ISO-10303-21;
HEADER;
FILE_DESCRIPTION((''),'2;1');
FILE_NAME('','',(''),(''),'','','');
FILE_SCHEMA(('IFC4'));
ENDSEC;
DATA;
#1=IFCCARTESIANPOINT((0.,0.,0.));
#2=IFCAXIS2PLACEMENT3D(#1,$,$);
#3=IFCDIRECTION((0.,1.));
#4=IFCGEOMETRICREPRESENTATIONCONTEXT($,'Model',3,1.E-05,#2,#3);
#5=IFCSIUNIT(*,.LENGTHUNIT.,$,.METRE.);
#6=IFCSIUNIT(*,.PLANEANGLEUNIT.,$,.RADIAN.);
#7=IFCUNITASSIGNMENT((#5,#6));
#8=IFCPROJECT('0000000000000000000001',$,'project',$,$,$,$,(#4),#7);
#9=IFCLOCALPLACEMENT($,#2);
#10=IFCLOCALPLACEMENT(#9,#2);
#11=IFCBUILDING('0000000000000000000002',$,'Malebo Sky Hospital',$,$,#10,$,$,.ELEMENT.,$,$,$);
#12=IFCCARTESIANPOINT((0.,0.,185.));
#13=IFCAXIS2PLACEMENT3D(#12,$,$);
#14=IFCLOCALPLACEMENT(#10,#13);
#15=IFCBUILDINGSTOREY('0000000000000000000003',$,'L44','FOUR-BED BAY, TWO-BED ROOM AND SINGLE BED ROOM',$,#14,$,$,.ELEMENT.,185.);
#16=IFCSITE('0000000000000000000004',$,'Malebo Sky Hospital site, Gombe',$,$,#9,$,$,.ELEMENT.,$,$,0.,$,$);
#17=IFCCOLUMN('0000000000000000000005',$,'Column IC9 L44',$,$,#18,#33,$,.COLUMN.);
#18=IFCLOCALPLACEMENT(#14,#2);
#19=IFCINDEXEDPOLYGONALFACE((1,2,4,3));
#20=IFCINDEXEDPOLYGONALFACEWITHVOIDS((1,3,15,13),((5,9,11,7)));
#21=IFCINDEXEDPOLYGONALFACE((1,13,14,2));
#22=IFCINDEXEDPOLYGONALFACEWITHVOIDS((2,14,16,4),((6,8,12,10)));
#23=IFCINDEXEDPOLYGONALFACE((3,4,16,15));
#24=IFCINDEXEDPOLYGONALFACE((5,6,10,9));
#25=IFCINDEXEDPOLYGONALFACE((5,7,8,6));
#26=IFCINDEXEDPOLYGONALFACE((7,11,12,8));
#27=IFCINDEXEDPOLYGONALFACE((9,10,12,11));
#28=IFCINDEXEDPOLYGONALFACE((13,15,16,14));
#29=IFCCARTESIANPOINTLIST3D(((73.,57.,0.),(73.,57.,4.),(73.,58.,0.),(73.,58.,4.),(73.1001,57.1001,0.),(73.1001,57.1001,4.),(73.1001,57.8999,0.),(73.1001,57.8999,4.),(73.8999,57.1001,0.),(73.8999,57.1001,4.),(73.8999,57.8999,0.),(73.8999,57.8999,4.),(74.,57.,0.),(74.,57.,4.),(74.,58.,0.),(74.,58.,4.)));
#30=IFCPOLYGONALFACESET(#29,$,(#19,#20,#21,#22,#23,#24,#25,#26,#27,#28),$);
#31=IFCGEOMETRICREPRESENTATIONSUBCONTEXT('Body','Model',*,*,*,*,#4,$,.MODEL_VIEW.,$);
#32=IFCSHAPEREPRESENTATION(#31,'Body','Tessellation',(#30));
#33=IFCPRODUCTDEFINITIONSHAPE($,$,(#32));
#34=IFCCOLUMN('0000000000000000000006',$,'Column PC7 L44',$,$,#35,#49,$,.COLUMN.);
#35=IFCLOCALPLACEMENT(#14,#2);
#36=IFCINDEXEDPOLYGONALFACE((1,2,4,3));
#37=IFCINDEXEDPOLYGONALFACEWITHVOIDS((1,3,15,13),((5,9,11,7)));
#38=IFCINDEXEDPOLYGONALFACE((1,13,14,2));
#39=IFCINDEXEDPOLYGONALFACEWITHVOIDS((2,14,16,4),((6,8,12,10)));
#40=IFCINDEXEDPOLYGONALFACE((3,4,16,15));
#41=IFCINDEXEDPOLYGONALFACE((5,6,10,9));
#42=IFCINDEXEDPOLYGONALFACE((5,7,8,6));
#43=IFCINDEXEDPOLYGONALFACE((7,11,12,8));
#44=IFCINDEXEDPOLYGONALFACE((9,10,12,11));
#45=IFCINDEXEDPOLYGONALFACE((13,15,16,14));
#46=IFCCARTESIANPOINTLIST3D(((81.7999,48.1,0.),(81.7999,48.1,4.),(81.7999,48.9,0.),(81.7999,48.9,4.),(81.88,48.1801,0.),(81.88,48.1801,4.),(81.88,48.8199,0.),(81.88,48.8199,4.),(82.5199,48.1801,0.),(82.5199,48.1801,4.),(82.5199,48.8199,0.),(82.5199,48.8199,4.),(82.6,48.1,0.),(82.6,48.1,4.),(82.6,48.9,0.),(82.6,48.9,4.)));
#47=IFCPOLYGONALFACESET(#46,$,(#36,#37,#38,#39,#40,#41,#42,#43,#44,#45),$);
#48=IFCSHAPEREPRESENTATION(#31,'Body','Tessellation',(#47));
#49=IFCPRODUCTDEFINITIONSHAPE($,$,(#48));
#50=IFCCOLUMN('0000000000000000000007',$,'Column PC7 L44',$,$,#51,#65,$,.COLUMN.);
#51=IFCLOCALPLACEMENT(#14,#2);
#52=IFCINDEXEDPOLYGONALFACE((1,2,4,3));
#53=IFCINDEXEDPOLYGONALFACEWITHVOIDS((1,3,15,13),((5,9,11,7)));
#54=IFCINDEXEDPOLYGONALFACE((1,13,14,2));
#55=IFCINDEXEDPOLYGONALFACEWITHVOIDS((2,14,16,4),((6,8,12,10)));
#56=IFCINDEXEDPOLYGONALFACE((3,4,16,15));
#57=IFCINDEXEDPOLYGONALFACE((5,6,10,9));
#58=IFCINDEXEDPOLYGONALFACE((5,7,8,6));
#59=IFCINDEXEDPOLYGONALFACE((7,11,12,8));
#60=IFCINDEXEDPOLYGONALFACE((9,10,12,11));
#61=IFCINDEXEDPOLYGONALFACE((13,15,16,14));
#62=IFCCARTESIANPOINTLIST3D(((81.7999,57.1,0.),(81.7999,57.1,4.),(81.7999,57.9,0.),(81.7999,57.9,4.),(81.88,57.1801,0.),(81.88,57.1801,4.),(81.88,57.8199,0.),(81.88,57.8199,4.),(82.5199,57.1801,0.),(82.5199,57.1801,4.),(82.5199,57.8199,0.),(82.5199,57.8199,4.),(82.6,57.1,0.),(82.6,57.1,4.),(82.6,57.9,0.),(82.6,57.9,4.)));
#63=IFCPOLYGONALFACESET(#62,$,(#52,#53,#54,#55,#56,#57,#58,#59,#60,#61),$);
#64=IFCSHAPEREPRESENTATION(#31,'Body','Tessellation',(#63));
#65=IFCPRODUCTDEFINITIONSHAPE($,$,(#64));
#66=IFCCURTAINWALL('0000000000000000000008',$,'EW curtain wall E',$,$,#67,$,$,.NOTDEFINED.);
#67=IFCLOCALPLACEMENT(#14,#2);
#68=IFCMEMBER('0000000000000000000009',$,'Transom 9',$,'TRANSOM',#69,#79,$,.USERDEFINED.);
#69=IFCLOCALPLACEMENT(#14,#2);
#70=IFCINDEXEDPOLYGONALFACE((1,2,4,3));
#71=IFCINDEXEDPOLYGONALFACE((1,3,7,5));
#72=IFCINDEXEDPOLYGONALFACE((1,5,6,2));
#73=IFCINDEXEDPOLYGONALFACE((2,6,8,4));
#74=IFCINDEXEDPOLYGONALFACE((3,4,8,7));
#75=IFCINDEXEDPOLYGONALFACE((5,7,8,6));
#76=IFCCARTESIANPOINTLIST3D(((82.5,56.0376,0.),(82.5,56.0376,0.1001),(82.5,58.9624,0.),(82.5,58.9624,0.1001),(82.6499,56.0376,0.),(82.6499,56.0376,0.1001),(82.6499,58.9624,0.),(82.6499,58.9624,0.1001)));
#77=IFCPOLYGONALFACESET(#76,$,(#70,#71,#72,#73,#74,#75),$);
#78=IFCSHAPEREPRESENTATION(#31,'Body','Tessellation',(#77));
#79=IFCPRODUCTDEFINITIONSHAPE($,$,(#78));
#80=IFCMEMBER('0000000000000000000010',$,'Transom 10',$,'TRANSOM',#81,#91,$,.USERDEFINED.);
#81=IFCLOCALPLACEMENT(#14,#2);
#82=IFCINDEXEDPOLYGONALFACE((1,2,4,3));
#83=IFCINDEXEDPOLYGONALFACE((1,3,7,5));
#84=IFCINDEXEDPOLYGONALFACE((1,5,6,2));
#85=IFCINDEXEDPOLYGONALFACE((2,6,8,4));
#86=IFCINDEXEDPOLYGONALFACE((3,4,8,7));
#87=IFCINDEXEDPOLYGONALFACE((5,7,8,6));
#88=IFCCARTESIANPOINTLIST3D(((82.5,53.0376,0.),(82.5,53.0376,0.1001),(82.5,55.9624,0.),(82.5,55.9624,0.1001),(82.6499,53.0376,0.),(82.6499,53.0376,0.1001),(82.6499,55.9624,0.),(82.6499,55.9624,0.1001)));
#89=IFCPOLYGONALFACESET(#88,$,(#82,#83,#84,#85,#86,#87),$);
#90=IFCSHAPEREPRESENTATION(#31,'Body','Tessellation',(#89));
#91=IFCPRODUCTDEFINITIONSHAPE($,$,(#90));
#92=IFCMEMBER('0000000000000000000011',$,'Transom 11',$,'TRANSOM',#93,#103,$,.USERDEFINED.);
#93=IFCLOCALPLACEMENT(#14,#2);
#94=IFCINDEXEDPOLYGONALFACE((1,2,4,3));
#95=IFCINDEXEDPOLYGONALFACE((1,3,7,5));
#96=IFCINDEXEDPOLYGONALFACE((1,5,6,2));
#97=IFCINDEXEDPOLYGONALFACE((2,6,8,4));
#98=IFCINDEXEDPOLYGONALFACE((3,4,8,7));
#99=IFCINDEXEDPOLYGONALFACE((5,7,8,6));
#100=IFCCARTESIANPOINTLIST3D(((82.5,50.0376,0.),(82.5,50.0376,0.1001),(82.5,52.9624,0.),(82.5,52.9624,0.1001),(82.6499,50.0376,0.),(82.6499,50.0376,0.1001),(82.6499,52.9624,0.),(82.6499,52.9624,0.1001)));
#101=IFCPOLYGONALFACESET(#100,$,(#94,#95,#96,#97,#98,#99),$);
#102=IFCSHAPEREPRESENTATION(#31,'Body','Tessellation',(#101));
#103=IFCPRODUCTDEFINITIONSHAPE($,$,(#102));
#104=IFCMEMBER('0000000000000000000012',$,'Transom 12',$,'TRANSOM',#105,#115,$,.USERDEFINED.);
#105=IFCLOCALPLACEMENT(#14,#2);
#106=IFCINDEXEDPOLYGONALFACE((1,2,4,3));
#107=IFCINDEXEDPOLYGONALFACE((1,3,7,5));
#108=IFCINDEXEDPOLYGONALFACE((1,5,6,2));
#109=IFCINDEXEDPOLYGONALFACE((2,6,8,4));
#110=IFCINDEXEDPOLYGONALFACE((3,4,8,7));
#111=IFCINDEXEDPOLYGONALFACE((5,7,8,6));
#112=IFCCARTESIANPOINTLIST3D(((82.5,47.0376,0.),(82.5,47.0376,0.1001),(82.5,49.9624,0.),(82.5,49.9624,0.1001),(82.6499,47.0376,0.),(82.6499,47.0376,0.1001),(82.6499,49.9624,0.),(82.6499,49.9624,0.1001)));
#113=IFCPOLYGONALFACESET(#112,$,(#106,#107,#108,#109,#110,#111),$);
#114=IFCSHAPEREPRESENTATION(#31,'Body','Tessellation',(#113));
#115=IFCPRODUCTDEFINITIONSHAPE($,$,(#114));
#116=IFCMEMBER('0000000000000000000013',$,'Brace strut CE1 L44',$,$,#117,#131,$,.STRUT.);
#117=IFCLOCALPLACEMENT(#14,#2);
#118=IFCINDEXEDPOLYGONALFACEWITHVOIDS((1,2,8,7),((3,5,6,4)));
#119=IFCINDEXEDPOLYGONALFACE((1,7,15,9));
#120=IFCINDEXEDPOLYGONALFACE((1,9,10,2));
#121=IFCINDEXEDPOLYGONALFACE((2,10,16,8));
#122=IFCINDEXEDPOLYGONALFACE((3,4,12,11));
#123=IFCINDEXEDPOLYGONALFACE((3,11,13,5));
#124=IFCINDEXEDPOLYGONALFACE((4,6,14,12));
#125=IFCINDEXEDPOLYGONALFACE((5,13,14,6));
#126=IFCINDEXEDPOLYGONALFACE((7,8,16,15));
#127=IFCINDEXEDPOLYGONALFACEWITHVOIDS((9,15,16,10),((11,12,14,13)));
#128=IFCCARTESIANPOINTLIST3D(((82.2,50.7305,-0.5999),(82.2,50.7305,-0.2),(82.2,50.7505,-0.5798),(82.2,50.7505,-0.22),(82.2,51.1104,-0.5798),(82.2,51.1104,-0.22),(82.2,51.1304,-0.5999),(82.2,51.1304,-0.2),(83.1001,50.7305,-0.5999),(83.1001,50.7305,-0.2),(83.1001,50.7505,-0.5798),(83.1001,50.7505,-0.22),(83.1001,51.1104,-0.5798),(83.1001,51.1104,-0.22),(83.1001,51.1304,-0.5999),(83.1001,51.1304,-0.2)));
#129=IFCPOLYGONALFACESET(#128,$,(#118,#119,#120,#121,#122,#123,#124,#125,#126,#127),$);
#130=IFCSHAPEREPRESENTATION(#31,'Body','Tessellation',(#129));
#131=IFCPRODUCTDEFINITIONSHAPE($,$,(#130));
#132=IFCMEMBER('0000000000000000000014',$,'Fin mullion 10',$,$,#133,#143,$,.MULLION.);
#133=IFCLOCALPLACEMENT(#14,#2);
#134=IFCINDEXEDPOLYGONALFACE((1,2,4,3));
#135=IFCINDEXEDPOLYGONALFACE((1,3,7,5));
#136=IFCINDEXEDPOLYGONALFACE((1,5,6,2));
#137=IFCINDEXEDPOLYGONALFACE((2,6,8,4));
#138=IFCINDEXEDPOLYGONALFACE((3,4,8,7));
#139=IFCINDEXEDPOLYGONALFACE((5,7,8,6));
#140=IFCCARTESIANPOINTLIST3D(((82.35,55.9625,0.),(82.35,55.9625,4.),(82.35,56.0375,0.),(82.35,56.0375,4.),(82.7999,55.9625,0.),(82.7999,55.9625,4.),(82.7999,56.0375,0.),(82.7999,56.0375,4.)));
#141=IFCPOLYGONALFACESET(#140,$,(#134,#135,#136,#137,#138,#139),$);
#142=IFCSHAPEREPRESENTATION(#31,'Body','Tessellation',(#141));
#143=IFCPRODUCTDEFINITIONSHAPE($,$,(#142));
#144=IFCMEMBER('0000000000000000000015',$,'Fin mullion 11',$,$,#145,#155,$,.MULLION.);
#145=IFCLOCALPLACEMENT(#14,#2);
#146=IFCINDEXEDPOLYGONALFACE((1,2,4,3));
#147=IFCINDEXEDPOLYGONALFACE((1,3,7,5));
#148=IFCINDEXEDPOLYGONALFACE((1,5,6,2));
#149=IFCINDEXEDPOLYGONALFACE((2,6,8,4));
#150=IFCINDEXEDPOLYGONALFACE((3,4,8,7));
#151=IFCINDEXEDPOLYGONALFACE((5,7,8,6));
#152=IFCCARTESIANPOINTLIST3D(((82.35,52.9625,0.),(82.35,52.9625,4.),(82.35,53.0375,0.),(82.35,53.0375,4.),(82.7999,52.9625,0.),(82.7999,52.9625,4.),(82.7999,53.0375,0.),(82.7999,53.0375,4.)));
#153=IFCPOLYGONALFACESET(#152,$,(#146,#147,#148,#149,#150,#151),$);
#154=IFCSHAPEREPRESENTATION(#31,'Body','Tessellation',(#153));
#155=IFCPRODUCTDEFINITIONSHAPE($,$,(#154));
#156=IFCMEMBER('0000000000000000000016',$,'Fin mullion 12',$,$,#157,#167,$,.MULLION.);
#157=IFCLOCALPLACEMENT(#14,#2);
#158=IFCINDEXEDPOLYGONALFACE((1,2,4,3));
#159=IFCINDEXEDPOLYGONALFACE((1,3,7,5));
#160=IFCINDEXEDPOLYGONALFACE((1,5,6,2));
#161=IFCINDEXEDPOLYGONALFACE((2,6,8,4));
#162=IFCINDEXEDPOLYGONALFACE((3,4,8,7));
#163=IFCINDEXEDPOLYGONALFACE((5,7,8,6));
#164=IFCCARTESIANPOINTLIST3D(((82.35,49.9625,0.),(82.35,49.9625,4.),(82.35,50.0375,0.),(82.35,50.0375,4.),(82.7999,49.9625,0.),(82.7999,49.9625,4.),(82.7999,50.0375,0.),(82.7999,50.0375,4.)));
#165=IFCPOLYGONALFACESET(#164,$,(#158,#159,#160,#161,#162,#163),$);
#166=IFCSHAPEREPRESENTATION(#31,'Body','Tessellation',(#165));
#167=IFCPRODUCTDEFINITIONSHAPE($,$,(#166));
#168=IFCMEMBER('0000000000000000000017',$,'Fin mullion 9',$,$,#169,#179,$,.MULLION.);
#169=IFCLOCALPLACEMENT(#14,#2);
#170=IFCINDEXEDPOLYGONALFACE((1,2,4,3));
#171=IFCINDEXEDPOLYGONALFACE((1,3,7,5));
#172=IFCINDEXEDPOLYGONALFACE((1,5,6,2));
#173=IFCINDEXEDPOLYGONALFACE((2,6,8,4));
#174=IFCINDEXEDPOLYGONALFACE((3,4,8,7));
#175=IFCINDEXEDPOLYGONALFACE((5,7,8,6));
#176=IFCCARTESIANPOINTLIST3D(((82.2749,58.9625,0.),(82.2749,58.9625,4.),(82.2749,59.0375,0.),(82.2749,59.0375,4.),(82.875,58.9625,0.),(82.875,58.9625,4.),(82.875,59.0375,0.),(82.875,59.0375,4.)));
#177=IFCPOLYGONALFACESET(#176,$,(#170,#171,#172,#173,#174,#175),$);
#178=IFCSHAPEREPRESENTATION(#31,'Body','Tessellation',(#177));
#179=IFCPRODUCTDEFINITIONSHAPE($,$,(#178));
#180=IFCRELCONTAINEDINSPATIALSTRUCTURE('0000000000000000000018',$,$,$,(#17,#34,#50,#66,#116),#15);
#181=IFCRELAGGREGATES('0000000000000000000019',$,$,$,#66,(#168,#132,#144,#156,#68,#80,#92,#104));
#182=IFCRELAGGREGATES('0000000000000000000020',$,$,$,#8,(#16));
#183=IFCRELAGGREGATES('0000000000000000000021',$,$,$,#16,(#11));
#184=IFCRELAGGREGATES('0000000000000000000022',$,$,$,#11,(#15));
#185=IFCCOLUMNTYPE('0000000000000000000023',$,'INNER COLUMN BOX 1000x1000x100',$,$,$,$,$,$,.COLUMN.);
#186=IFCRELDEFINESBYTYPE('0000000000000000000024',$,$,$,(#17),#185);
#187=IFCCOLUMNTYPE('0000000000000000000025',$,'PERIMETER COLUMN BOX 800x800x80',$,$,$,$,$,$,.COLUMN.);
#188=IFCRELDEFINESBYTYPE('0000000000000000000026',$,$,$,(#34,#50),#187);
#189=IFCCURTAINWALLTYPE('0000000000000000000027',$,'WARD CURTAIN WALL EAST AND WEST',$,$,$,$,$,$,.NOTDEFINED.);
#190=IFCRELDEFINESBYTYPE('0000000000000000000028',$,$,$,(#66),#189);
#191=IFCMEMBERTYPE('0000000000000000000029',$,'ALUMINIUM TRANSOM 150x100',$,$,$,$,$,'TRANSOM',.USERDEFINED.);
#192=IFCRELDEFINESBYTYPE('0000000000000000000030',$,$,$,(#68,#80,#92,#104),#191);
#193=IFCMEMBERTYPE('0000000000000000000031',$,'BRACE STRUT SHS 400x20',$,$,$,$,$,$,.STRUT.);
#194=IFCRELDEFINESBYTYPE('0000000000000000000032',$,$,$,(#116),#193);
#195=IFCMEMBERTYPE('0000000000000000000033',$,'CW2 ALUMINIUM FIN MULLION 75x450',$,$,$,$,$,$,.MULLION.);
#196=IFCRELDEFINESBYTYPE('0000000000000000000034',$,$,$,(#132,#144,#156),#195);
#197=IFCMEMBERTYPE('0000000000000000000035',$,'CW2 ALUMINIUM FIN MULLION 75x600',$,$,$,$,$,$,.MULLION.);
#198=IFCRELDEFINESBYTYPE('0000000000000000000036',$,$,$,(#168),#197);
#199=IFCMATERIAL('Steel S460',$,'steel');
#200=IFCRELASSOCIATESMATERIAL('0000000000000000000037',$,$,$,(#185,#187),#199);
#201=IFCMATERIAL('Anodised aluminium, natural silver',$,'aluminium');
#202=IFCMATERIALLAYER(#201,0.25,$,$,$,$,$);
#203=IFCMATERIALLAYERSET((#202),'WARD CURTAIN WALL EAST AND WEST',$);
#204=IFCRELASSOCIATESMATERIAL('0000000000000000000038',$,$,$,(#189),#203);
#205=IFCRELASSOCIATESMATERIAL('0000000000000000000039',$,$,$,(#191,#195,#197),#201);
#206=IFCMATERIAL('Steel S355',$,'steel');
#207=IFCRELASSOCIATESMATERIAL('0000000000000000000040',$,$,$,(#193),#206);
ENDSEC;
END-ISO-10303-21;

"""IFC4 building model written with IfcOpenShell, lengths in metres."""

from ifc_helpers import new_model, si_unit, direction, frame, origin, origin_2d, place, context, subcontext, project, spatial, rectangle, hollow_rectangle, extrude, material, layer, layer_set, material_profile, profile_set, type_object, element, aggregate, save


model = new_model("IFC4")

# Units and contexts
model_context = context("Model", 3, precision=1e-05, world=origin(), true_north=direction((0.0, 1.0)))
body_context = subcontext(model_context, "Body", "Model", "MODEL_VIEW")
ifc_project = project(units=[si_unit("LENGTHUNIT", "METRE"), si_unit("PLANEANGLEUNIT", "RADIAN")], contexts=[model_context])

# Site, building, storey
site_placement = place(None, origin())
site = spatial("IfcSite", under=ifc_project, at=site_placement, Name="Malebo Sky Hospital site, Gombe", CompositionType="ELEMENT", RefElevation=0.0)
building_placement = place(site_placement, origin())
building = spatial("IfcBuilding", under=site, at=building_placement, Name="Malebo Sky Hospital", CompositionType="ELEMENT")
storey_placement = place(building_placement, frame((0.0, 0.0, 185.0)))
storey = spatial("IfcBuildingStorey", under=building, at=storey_placement, Name="L44", Description="FOUR-BED BAY, TWO-BED ROOM AND SINGLE BED ROOM", CompositionType="ELEMENT", Elevation=185.0)

# Columns
ifc_material_1 = material(Name="Steel S460", Category="steel")
ifc_material_profile_1 = material_profile(ifc_material_1, hollow_rectangle(XDim=1.0, YDim=1.0, WallThickness=0.1001, at=origin_2d()), Name="BOX 1000x1000x100")
ifc_profile_set_1 = profile_set([ifc_material_profile_1], Name="Steel S460")
column_type_1 = type_object("IfcColumnType", Name="INNER COLUMN BOX 1000x1000x100", PredefinedType="COLUMN", material=ifc_profile_set_1)
column_placement = place(storey_placement, frame((73.5, 57.5, 0.0), z_axis=(0.0, 0.0, 1.0), x_axis=(1.0, 0.0, 0.0)))
element("IfcColumn", 1, at=column_placement, inside=storey, type_object=column_type_1, Name="Column IC9 L44", PredefinedType="COLUMN", context=body_context, shape_type="SweptSolid", body=[
    extrude(hollow_rectangle(XDim=1.0, YDim=1.0, WallThickness=0.1001, at=origin_2d()), origin(), (0.0, 0.0, 1.0), 4.0),
])
ifc_material_profile_2 = material_profile(ifc_material_1, hollow_rectangle(XDim=0.8, YDim=0.8, WallThickness=0.0801, at=origin_2d()), Name="BOX 800x800x80")
ifc_profile_set_2 = profile_set([ifc_material_profile_2], Name="Steel S460")
column_type_2 = type_object("IfcColumnType", Name="PERIMETER COLUMN BOX 800x800x80", PredefinedType="COLUMN", material=ifc_profile_set_2)
for number, where, z_axis, x_axis, name in (
    (2, (82.2, 48.5, 0.0), (0.0, 0.0, 1.0), (1.0, 0.0, 0.0), "Column PC7 L44"),
    (3, (82.2, 57.5, 0.0), (0.0, 0.0, 1.0), (1.0, 0.0, 0.0), "Column PC7 L44"),
):
    element("IfcColumn", number, at=place(storey_placement, frame(where, z_axis=z_axis, x_axis=x_axis)), inside=storey, type_object=column_type_2, Name=name, PredefinedType="COLUMN", context=body_context, shape_type="SweptSolid", body=[
        extrude(hollow_rectangle(XDim=0.8, YDim=0.8, WallThickness=0.0801, at=origin_2d()), origin(), (0.0, 0.0, 1.0), 4.0),
    ])

# Curtain wall, members
ifc_material_2 = material(Name="Anodised aluminium, natural silver", Category="aluminium")
ifc_layer_1 = layer(ifc_material_2, 0.25)
ifc_layer_set_1 = layer_set([ifc_layer_1], Name="WARD CURTAIN WALL EAST AND WEST")
curtain_wall_type = type_object("IfcCurtainWallType", Name="WARD CURTAIN WALL EAST AND WEST", PredefinedType="NOTDEFINED", material=ifc_layer_set_1)
curtain_wall_placement = place(storey_placement, origin())
curtain_wall = element("IfcCurtainWall", 4, at=curtain_wall_placement, inside=storey, type_object=curtain_wall_type, Name="EW curtain wall E", PredefinedType="NOTDEFINED")
ifc_material_profile_3 = material_profile(ifc_material_2, rectangle(XDim=0.1499, YDim=0.1001, at=origin_2d()), Name="ALUMINIUM TRANSOM 150x100")
ifc_profile_set_3 = profile_set([ifc_material_profile_3], Name="Anodised aluminium, natural silver")
member_type_1 = type_object("IfcMemberType", Name="ALUMINIUM TRANSOM 150x100", ElementType="TRANSOM", PredefinedType="USERDEFINED", material=ifc_profile_set_3)
member_1_placement = place(storey_placement, frame((82.575, 58.9624, 0.05), z_axis=(0.0, -1.0, 0.0), x_axis=(1.0, 0.0, 0.0)))
member_1 = element("IfcMember", 5, at=member_1_placement, type_object=member_type_1, Name="Transom 9", ObjectType="TRANSOM", PredefinedType="USERDEFINED", context=body_context, shape_type="SweptSolid", body=[
    extrude(rectangle(XDim=0.1499, YDim=0.1001, at=origin_2d()), origin(), (0.0, 0.0, 1.0), 2.9248),
])
member_2_placement = place(storey_placement, frame((82.575, 55.9624, 0.05), z_axis=(0.0, -1.0, 0.0), x_axis=(1.0, 0.0, 0.0)))
member_2 = element("IfcMember", 6, at=member_2_placement, type_object=member_type_1, Name="Transom 10", ObjectType="TRANSOM", PredefinedType="USERDEFINED", context=body_context, shape_type="SweptSolid", body=[
    extrude(rectangle(XDim=0.1499, YDim=0.1001, at=origin_2d()), origin(), (0.0, 0.0, 1.0), 2.9248),
])
member_3_placement = place(storey_placement, frame((82.575, 52.9624, 0.05), z_axis=(0.0, -1.0, 0.0), x_axis=(1.0, 0.0, 0.0)))
member_3 = element("IfcMember", 7, at=member_3_placement, type_object=member_type_1, Name="Transom 11", ObjectType="TRANSOM", PredefinedType="USERDEFINED", context=body_context, shape_type="SweptSolid", body=[
    extrude(rectangle(XDim=0.1499, YDim=0.1001, at=origin_2d()), origin(), (0.0, 0.0, 1.0), 2.9248),
])
member_4_placement = place(storey_placement, frame((82.575, 49.9624, 0.05), z_axis=(0.0, -1.0, 0.0), x_axis=(1.0, 0.0, 0.0)))
member_4 = element("IfcMember", 8, at=member_4_placement, type_object=member_type_1, Name="Transom 12", ObjectType="TRANSOM", PredefinedType="USERDEFINED", context=body_context, shape_type="SweptSolid", body=[
    extrude(rectangle(XDim=0.1499, YDim=0.1001, at=origin_2d()), origin(), (0.0, 0.0, 1.0), 2.9248),
])

# Members
ifc_material_3 = material(Name="Steel S355", Category="steel")
ifc_material_profile_4 = material_profile(ifc_material_3, hollow_rectangle(XDim=0.3999, YDim=0.3999, WallThickness=0.02, at=origin_2d()), Name="SHS 400x20")
ifc_profile_set_4 = profile_set([ifc_material_profile_4], Name="Steel S355")
member_type_2 = type_object("IfcMemberType", Name="BRACE STRUT SHS 400x20", PredefinedType="STRUT", material=ifc_profile_set_4)
member_5_placement = place(storey_placement, frame((83.1001, 50.9304, -0.3999), z_axis=(-1.0, 0.0, 0.0), x_axis=(0.0, -1.0, 0.0)))
element("IfcMember", 9, at=member_5_placement, inside=storey, type_object=member_type_2, Name="Brace strut CE1 L44", PredefinedType="STRUT", context=body_context, shape_type="SweptSolid", body=[
    extrude(hollow_rectangle(XDim=0.3999, YDim=0.3999, WallThickness=0.02, at=origin_2d()), origin(), (0.0, 0.0, 1.0), 0.9001),
])
ifc_material_profile_5 = material_profile(ifc_material_2, rectangle(XDim=0.075, YDim=0.45, at=origin_2d()), Name="CW2 ALUMINIUM FIN MULLION 75x450")
ifc_profile_set_5 = profile_set([ifc_material_profile_5], Name="Anodised aluminium, natural silver")
member_type_3 = type_object("IfcMemberType", Name="CW2 ALUMINIUM FIN MULLION 75x450", PredefinedType="MULLION", material=ifc_profile_set_5)
member_6_placement = place(storey_placement, frame((82.575, 56.0, 0.0), z_axis=(0.0, 0.0, 1.0), x_axis=(0.0, -1.0, 0.0)))
member_6 = element("IfcMember", 10, at=member_6_placement, type_object=member_type_3, Name="Fin mullion 10", PredefinedType="MULLION", context=body_context, shape_type="SweptSolid", body=[
    extrude(rectangle(XDim=0.075, YDim=0.45, at=origin_2d()), origin(), (0.0, 0.0, 1.0), 4.0),
])
member_7_placement = place(storey_placement, frame((82.575, 53.0, 0.0), z_axis=(0.0, 0.0, 1.0), x_axis=(0.0, -1.0, 0.0)))
member_7 = element("IfcMember", 11, at=member_7_placement, type_object=member_type_3, Name="Fin mullion 11", PredefinedType="MULLION", context=body_context, shape_type="SweptSolid", body=[
    extrude(rectangle(XDim=0.075, YDim=0.45, at=origin_2d()), origin(), (0.0, 0.0, 1.0), 4.0),
])
member_8_placement = place(storey_placement, frame((82.575, 50.0, 0.0), z_axis=(0.0, 0.0, 1.0), x_axis=(0.0, -1.0, 0.0)))
member_8 = element("IfcMember", 12, at=member_8_placement, type_object=member_type_3, Name="Fin mullion 12", PredefinedType="MULLION", context=body_context, shape_type="SweptSolid", body=[
    extrude(rectangle(XDim=0.075, YDim=0.45, at=origin_2d()), origin(), (0.0, 0.0, 1.0), 4.0),
])
ifc_material_profile_6 = material_profile(ifc_material_2, rectangle(XDim=0.075, YDim=0.6001, at=origin_2d()), Name="CW2 ALUMINIUM FIN MULLION 75x600")
ifc_profile_set_6 = profile_set([ifc_material_profile_6], Name="Anodised aluminium, natural silver")
member_type_4 = type_object("IfcMemberType", Name="CW2 ALUMINIUM FIN MULLION 75x600", PredefinedType="MULLION", material=ifc_profile_set_6)
member_9_placement = place(storey_placement, frame((82.575, 59.0, 0.0), z_axis=(0.0, 0.0, 1.0), x_axis=(0.0, -1.0, 0.0)))
member_9 = element("IfcMember", 13, at=member_9_placement, type_object=member_type_4, Name="Fin mullion 9", PredefinedType="MULLION", context=body_context, shape_type="SweptSolid", body=[
    extrude(rectangle(XDim=0.075, YDim=0.6001, at=origin_2d()), origin(), (0.0, 0.0, 1.0), 4.0),
])

aggregate(curtain_wall, [member_9, member_6, member_7, member_8, member_1, member_2, member_3, member_4])

save(model, "model.ifc")
